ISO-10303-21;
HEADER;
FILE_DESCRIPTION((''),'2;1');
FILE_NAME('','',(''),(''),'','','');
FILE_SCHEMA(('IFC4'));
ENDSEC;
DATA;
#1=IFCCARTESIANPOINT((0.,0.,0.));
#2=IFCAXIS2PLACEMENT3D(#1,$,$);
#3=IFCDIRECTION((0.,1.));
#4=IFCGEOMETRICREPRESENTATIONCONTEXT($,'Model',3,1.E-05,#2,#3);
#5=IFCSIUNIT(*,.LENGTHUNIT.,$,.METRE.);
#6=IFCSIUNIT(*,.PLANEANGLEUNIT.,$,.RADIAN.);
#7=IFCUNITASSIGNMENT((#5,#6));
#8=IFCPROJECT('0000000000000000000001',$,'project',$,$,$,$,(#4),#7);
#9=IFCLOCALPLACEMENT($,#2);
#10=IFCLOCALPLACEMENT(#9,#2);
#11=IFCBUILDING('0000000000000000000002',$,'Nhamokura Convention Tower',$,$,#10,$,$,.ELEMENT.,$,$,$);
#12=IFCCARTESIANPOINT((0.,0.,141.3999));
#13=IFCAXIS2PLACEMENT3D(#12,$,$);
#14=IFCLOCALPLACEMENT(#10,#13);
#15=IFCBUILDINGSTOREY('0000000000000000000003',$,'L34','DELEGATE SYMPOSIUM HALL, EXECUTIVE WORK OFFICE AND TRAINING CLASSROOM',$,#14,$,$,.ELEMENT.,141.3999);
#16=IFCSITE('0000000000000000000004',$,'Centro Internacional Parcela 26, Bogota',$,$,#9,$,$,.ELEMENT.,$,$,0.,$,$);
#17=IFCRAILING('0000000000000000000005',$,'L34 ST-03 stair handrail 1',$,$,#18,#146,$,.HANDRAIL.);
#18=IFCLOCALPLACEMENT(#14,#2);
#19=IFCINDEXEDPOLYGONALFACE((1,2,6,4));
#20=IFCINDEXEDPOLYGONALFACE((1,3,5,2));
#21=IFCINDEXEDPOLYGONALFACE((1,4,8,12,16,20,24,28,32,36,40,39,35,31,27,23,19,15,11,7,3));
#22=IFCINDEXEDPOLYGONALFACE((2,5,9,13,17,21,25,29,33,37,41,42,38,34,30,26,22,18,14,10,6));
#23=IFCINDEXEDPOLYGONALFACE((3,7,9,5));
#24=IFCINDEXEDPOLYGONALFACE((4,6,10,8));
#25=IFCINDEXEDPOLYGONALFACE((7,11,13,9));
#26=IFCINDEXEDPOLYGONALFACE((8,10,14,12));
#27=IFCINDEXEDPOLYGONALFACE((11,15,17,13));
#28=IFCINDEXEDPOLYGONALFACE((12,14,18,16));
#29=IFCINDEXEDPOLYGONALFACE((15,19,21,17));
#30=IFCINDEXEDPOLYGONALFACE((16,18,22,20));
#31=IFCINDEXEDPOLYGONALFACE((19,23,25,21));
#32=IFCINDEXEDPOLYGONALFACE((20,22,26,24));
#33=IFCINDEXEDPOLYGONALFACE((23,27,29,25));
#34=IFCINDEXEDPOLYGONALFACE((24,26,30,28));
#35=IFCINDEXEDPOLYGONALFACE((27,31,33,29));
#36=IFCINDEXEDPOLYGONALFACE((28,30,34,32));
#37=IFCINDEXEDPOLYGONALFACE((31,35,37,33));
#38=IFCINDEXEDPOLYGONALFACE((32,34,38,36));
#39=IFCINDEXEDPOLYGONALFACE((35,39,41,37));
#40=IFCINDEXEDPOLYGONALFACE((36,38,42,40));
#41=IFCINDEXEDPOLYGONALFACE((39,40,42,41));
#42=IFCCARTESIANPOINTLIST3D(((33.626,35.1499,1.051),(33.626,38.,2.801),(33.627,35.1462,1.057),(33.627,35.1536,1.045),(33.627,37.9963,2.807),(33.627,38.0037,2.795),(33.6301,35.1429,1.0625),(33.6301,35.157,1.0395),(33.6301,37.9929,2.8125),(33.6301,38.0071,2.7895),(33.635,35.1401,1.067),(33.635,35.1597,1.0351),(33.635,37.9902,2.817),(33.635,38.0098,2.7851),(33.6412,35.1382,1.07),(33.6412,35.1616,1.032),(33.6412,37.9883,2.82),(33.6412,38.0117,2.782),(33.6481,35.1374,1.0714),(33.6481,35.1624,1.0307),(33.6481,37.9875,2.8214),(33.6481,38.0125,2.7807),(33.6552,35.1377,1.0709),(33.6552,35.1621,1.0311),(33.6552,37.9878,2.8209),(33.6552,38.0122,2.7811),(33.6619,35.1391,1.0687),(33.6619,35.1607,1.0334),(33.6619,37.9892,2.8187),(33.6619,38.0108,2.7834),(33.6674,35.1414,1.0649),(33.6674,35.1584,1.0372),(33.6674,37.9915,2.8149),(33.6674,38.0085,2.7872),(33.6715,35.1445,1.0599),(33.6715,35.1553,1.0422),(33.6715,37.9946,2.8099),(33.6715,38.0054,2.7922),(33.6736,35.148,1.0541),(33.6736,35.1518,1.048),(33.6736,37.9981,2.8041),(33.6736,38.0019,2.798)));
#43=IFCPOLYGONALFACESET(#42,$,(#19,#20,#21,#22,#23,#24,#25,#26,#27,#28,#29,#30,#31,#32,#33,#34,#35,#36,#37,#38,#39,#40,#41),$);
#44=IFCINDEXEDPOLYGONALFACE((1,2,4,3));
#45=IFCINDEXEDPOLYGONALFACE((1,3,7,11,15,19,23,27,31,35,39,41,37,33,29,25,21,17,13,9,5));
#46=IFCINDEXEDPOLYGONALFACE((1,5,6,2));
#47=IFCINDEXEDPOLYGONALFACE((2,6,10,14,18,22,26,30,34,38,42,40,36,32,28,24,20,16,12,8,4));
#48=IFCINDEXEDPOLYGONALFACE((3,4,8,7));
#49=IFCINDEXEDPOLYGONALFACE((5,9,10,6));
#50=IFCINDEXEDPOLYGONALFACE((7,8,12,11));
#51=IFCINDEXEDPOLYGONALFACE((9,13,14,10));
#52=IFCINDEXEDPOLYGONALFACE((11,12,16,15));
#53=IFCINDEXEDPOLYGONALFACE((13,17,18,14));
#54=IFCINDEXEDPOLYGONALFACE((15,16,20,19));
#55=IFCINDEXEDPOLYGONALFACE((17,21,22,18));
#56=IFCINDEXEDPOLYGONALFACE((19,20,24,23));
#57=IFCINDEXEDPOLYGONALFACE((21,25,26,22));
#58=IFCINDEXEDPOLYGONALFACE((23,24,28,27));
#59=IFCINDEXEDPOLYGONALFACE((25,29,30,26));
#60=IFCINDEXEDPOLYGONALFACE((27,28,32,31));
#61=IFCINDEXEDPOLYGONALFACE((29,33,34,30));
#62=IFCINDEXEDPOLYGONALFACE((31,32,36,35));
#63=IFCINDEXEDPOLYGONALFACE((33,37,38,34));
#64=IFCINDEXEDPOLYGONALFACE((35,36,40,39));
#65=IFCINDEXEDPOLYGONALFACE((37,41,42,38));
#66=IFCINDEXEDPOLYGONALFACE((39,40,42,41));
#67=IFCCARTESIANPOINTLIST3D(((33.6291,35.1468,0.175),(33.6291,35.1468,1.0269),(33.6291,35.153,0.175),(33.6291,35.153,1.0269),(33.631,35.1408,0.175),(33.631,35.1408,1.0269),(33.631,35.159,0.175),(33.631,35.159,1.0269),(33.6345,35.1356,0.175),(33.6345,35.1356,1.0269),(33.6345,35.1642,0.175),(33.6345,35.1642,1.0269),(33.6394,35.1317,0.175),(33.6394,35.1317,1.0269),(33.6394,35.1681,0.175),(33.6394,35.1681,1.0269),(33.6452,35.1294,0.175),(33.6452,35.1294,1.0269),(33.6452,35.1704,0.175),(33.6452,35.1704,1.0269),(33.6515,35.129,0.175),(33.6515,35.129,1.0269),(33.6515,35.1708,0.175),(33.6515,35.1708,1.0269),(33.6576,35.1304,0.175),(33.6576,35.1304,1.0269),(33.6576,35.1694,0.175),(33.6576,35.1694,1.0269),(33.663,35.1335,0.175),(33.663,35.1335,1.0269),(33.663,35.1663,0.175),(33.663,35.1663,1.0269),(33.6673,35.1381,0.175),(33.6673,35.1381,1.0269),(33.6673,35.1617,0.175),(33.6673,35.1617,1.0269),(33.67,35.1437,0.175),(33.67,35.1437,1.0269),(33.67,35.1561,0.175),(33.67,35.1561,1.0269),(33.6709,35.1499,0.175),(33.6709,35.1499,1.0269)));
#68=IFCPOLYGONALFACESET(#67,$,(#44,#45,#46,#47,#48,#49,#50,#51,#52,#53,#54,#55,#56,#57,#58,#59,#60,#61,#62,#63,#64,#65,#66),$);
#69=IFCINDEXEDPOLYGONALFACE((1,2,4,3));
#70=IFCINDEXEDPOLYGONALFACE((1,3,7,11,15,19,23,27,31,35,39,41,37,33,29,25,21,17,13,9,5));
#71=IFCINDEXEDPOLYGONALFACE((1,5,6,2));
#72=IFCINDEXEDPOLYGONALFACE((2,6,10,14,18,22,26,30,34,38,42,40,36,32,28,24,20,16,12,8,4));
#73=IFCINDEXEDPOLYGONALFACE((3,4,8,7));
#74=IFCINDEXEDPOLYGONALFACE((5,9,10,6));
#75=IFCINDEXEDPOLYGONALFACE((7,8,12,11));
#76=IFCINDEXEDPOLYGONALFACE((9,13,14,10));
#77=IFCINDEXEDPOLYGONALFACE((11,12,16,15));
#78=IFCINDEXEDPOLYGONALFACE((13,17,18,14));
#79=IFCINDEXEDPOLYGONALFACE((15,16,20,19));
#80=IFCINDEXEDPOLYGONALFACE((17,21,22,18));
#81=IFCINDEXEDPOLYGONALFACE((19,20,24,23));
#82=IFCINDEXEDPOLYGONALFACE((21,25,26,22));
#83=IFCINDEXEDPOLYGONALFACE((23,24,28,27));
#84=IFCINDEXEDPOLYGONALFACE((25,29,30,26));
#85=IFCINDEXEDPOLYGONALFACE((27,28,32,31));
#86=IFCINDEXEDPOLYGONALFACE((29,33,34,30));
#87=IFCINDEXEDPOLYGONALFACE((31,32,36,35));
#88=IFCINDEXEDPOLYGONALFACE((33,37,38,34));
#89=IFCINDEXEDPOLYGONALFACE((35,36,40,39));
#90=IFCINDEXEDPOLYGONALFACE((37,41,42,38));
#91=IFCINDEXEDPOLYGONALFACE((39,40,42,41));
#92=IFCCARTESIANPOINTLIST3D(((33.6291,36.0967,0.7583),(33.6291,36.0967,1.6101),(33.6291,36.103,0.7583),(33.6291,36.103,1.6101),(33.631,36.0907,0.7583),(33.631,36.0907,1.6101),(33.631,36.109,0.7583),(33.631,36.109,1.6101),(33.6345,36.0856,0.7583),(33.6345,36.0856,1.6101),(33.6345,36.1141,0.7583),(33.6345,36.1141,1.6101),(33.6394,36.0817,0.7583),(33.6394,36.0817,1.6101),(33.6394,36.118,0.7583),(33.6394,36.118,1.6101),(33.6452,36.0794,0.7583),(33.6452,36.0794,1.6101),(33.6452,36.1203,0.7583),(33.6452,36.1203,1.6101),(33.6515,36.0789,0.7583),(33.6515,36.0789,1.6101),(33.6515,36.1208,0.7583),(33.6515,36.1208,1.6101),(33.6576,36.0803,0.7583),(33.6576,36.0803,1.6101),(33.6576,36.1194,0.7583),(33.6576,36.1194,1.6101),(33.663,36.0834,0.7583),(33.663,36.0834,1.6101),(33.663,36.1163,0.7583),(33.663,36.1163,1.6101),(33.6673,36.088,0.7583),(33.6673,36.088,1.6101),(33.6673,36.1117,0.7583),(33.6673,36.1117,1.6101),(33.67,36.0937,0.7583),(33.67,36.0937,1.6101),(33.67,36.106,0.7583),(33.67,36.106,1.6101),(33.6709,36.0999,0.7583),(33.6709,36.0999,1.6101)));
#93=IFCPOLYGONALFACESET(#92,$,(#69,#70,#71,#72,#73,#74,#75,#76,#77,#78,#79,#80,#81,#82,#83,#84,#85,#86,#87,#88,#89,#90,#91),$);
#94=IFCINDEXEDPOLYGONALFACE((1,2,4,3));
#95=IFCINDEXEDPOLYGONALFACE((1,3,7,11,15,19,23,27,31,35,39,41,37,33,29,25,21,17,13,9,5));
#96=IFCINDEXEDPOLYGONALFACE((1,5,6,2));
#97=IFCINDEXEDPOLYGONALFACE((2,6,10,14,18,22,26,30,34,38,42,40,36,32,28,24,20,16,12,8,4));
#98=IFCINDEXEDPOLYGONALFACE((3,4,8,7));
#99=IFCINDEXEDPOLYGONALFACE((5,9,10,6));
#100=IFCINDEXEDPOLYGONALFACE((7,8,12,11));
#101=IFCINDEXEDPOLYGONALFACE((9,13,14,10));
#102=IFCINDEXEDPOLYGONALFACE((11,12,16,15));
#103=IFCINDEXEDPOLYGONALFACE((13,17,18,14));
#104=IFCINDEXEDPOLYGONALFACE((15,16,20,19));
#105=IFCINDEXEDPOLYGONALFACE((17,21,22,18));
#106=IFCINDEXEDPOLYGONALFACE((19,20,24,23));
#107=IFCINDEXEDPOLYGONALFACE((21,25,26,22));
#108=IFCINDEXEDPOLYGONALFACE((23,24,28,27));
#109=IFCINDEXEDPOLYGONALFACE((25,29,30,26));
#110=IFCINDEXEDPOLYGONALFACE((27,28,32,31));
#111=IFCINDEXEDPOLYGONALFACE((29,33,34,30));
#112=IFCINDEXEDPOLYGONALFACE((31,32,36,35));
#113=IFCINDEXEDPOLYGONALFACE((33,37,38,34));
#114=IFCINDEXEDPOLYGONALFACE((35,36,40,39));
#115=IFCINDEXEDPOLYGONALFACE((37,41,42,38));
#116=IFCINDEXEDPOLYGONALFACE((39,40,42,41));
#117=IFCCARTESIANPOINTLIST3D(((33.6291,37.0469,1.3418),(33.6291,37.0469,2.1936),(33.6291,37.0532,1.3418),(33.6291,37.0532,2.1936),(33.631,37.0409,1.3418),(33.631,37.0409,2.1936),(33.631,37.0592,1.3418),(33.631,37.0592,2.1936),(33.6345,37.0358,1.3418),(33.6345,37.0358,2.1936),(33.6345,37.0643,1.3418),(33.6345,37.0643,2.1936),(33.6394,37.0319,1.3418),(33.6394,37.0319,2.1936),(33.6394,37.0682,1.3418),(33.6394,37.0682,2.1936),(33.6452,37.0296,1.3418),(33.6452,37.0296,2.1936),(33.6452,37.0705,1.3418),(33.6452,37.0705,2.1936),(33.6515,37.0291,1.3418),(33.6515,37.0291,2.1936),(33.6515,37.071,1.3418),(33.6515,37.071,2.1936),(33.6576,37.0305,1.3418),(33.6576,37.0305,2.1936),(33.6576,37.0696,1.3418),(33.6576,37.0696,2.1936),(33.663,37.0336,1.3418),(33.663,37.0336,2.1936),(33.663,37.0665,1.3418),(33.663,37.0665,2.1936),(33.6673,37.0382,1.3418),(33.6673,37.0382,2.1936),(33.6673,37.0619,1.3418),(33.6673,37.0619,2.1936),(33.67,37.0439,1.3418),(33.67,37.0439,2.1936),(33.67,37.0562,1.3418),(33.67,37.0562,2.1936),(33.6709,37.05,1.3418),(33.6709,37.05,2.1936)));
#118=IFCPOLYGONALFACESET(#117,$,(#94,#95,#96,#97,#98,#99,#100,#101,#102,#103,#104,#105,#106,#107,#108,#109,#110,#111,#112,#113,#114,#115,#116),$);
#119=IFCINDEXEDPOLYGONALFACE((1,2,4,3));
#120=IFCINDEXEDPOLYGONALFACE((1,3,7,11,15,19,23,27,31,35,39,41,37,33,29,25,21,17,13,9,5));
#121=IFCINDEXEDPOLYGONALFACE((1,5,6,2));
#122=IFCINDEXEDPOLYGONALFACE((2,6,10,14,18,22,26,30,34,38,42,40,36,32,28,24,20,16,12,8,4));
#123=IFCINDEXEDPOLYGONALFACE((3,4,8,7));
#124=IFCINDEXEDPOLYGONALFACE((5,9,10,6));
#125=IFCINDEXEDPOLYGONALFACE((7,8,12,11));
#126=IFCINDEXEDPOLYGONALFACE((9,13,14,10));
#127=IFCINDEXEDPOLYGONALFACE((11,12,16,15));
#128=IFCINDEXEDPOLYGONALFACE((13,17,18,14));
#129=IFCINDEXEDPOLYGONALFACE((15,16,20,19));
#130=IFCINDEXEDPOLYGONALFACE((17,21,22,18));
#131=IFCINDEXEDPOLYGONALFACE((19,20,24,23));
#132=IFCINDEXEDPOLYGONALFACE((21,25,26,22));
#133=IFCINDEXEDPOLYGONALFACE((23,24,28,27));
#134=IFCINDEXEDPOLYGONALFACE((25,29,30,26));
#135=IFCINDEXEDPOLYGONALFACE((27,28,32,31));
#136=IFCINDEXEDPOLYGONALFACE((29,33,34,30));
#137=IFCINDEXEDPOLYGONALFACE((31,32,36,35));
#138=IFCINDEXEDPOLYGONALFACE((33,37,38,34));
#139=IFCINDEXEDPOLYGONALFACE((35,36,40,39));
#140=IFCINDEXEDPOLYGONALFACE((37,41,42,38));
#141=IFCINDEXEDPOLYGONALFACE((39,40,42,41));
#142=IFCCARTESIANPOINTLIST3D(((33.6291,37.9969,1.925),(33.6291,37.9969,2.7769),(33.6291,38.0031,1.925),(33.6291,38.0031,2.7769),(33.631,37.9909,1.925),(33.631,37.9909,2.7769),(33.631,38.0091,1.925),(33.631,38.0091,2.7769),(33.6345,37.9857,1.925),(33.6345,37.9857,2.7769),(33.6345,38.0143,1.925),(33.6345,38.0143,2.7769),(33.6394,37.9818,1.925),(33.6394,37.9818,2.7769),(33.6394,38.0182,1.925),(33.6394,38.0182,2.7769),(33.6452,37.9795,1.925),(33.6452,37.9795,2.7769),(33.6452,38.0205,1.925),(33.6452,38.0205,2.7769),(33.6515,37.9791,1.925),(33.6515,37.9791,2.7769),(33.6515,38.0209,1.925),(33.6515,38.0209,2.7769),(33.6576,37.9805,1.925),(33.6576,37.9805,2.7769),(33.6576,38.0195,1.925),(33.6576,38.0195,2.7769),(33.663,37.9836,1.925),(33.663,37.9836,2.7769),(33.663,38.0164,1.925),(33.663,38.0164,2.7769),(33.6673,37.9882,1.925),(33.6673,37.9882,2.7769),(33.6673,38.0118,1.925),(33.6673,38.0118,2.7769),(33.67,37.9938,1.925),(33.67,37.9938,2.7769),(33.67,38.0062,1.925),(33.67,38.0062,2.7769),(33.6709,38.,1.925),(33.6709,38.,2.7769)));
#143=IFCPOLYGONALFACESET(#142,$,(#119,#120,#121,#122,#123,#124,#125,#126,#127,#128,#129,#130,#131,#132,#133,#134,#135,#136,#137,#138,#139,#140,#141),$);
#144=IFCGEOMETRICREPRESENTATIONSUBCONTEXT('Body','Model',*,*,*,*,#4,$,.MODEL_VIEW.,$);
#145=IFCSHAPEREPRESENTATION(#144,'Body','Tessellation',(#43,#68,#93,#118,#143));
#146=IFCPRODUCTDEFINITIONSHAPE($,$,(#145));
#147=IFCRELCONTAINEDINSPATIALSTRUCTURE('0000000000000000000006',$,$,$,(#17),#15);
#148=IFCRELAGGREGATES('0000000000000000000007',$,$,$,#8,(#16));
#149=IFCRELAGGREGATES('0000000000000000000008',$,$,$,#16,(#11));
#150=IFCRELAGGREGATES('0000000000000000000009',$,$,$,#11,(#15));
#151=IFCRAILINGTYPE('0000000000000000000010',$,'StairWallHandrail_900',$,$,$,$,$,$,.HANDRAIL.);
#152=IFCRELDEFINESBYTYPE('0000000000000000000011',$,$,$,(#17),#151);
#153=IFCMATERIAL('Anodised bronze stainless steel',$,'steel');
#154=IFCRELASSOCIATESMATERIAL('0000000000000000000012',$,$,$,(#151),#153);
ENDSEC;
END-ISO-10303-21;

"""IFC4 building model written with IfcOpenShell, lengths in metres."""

from ifc_helpers import new_model, si_unit, direction, frame, origin, origin_2d, place, context, subcontext, project, spatial, circle, extrude, material, type_object, element, save


model = new_model("IFC4")

# Units and contexts
model_context = context("Model", 3, precision=1e-05, world=origin(), true_north=direction((0.0, 1.0)))
body_context = subcontext(model_context, "Body", "Model", "MODEL_VIEW")
ifc_project = project(units=[si_unit("LENGTHUNIT", "METRE"), si_unit("PLANEANGLEUNIT", "RADIAN")], contexts=[model_context])

# Site, building, storey
site_placement = place(None, origin())
site = spatial("IfcSite", under=ifc_project, at=site_placement, Name="Centro Internacional Parcela 26, Bogota", CompositionType="ELEMENT", RefElevation=0.0)
building_placement = place(site_placement, origin())
building = spatial("IfcBuilding", under=site, at=building_placement, Name="Nhamokura Convention Tower", CompositionType="ELEMENT")
storey_placement = place(building_placement, frame((0.0, 0.0, 141.3999)))
storey = spatial("IfcBuildingStorey", under=building, at=storey_placement, Name="L34", Description="DELEGATE SYMPOSIUM HALL, EXECUTIVE WORK OFFICE AND TRAINING CLASSROOM", CompositionType="ELEMENT", Elevation=141.3999)

# Railing
ifc_material_1 = material(Name="Anodised bronze stainless steel", Category="steel")
railing_type_1 = type_object("IfcRailingType", Name="StairWallHandrail_900", PredefinedType="HANDRAIL", material=ifc_material_1)
railing_1_placement = place(storey_placement, frame((33.6499, 35.1499, 0.175)))
element("IfcRailing", 1, at=railing_1_placement, inside=storey, type_object=railing_type_1, Name="L34 ST-03 stair handrail 1", PredefinedType="HANDRAIL", context=body_context, shape_type="SweptSolid", body=[
    extrude(circle(Radius=0.0239, at=origin_2d()), frame((0.0, 0.0, 0.876), z_axis=(0.0, 0.852179, 0.52325), x_axis=(-1.0, 0.0, 0.0)), (0.0, 0.0, 1.0), 3.3445),
    extrude(circle(Radius=0.021, at=origin_2d()), origin(), (0.0, 0.0, 1.0), 0.8518),
    extrude(circle(Radius=0.021, at=origin_2d()), frame((0.0, 0.95, 0.5833)), (0.0, 0.0, 1.0), 0.8518),
    extrude(circle(Radius=0.021, at=origin_2d()), frame((0.0, 1.9001, 1.1667)), (0.0, 0.0, 1.0), 0.8518),
    extrude(circle(Radius=0.021, at=origin_2d()), frame((0.0, 2.8501, 1.75)), (0.0, 0.0, 1.0), 0.8518),
])

save(model, "model.ifc")
